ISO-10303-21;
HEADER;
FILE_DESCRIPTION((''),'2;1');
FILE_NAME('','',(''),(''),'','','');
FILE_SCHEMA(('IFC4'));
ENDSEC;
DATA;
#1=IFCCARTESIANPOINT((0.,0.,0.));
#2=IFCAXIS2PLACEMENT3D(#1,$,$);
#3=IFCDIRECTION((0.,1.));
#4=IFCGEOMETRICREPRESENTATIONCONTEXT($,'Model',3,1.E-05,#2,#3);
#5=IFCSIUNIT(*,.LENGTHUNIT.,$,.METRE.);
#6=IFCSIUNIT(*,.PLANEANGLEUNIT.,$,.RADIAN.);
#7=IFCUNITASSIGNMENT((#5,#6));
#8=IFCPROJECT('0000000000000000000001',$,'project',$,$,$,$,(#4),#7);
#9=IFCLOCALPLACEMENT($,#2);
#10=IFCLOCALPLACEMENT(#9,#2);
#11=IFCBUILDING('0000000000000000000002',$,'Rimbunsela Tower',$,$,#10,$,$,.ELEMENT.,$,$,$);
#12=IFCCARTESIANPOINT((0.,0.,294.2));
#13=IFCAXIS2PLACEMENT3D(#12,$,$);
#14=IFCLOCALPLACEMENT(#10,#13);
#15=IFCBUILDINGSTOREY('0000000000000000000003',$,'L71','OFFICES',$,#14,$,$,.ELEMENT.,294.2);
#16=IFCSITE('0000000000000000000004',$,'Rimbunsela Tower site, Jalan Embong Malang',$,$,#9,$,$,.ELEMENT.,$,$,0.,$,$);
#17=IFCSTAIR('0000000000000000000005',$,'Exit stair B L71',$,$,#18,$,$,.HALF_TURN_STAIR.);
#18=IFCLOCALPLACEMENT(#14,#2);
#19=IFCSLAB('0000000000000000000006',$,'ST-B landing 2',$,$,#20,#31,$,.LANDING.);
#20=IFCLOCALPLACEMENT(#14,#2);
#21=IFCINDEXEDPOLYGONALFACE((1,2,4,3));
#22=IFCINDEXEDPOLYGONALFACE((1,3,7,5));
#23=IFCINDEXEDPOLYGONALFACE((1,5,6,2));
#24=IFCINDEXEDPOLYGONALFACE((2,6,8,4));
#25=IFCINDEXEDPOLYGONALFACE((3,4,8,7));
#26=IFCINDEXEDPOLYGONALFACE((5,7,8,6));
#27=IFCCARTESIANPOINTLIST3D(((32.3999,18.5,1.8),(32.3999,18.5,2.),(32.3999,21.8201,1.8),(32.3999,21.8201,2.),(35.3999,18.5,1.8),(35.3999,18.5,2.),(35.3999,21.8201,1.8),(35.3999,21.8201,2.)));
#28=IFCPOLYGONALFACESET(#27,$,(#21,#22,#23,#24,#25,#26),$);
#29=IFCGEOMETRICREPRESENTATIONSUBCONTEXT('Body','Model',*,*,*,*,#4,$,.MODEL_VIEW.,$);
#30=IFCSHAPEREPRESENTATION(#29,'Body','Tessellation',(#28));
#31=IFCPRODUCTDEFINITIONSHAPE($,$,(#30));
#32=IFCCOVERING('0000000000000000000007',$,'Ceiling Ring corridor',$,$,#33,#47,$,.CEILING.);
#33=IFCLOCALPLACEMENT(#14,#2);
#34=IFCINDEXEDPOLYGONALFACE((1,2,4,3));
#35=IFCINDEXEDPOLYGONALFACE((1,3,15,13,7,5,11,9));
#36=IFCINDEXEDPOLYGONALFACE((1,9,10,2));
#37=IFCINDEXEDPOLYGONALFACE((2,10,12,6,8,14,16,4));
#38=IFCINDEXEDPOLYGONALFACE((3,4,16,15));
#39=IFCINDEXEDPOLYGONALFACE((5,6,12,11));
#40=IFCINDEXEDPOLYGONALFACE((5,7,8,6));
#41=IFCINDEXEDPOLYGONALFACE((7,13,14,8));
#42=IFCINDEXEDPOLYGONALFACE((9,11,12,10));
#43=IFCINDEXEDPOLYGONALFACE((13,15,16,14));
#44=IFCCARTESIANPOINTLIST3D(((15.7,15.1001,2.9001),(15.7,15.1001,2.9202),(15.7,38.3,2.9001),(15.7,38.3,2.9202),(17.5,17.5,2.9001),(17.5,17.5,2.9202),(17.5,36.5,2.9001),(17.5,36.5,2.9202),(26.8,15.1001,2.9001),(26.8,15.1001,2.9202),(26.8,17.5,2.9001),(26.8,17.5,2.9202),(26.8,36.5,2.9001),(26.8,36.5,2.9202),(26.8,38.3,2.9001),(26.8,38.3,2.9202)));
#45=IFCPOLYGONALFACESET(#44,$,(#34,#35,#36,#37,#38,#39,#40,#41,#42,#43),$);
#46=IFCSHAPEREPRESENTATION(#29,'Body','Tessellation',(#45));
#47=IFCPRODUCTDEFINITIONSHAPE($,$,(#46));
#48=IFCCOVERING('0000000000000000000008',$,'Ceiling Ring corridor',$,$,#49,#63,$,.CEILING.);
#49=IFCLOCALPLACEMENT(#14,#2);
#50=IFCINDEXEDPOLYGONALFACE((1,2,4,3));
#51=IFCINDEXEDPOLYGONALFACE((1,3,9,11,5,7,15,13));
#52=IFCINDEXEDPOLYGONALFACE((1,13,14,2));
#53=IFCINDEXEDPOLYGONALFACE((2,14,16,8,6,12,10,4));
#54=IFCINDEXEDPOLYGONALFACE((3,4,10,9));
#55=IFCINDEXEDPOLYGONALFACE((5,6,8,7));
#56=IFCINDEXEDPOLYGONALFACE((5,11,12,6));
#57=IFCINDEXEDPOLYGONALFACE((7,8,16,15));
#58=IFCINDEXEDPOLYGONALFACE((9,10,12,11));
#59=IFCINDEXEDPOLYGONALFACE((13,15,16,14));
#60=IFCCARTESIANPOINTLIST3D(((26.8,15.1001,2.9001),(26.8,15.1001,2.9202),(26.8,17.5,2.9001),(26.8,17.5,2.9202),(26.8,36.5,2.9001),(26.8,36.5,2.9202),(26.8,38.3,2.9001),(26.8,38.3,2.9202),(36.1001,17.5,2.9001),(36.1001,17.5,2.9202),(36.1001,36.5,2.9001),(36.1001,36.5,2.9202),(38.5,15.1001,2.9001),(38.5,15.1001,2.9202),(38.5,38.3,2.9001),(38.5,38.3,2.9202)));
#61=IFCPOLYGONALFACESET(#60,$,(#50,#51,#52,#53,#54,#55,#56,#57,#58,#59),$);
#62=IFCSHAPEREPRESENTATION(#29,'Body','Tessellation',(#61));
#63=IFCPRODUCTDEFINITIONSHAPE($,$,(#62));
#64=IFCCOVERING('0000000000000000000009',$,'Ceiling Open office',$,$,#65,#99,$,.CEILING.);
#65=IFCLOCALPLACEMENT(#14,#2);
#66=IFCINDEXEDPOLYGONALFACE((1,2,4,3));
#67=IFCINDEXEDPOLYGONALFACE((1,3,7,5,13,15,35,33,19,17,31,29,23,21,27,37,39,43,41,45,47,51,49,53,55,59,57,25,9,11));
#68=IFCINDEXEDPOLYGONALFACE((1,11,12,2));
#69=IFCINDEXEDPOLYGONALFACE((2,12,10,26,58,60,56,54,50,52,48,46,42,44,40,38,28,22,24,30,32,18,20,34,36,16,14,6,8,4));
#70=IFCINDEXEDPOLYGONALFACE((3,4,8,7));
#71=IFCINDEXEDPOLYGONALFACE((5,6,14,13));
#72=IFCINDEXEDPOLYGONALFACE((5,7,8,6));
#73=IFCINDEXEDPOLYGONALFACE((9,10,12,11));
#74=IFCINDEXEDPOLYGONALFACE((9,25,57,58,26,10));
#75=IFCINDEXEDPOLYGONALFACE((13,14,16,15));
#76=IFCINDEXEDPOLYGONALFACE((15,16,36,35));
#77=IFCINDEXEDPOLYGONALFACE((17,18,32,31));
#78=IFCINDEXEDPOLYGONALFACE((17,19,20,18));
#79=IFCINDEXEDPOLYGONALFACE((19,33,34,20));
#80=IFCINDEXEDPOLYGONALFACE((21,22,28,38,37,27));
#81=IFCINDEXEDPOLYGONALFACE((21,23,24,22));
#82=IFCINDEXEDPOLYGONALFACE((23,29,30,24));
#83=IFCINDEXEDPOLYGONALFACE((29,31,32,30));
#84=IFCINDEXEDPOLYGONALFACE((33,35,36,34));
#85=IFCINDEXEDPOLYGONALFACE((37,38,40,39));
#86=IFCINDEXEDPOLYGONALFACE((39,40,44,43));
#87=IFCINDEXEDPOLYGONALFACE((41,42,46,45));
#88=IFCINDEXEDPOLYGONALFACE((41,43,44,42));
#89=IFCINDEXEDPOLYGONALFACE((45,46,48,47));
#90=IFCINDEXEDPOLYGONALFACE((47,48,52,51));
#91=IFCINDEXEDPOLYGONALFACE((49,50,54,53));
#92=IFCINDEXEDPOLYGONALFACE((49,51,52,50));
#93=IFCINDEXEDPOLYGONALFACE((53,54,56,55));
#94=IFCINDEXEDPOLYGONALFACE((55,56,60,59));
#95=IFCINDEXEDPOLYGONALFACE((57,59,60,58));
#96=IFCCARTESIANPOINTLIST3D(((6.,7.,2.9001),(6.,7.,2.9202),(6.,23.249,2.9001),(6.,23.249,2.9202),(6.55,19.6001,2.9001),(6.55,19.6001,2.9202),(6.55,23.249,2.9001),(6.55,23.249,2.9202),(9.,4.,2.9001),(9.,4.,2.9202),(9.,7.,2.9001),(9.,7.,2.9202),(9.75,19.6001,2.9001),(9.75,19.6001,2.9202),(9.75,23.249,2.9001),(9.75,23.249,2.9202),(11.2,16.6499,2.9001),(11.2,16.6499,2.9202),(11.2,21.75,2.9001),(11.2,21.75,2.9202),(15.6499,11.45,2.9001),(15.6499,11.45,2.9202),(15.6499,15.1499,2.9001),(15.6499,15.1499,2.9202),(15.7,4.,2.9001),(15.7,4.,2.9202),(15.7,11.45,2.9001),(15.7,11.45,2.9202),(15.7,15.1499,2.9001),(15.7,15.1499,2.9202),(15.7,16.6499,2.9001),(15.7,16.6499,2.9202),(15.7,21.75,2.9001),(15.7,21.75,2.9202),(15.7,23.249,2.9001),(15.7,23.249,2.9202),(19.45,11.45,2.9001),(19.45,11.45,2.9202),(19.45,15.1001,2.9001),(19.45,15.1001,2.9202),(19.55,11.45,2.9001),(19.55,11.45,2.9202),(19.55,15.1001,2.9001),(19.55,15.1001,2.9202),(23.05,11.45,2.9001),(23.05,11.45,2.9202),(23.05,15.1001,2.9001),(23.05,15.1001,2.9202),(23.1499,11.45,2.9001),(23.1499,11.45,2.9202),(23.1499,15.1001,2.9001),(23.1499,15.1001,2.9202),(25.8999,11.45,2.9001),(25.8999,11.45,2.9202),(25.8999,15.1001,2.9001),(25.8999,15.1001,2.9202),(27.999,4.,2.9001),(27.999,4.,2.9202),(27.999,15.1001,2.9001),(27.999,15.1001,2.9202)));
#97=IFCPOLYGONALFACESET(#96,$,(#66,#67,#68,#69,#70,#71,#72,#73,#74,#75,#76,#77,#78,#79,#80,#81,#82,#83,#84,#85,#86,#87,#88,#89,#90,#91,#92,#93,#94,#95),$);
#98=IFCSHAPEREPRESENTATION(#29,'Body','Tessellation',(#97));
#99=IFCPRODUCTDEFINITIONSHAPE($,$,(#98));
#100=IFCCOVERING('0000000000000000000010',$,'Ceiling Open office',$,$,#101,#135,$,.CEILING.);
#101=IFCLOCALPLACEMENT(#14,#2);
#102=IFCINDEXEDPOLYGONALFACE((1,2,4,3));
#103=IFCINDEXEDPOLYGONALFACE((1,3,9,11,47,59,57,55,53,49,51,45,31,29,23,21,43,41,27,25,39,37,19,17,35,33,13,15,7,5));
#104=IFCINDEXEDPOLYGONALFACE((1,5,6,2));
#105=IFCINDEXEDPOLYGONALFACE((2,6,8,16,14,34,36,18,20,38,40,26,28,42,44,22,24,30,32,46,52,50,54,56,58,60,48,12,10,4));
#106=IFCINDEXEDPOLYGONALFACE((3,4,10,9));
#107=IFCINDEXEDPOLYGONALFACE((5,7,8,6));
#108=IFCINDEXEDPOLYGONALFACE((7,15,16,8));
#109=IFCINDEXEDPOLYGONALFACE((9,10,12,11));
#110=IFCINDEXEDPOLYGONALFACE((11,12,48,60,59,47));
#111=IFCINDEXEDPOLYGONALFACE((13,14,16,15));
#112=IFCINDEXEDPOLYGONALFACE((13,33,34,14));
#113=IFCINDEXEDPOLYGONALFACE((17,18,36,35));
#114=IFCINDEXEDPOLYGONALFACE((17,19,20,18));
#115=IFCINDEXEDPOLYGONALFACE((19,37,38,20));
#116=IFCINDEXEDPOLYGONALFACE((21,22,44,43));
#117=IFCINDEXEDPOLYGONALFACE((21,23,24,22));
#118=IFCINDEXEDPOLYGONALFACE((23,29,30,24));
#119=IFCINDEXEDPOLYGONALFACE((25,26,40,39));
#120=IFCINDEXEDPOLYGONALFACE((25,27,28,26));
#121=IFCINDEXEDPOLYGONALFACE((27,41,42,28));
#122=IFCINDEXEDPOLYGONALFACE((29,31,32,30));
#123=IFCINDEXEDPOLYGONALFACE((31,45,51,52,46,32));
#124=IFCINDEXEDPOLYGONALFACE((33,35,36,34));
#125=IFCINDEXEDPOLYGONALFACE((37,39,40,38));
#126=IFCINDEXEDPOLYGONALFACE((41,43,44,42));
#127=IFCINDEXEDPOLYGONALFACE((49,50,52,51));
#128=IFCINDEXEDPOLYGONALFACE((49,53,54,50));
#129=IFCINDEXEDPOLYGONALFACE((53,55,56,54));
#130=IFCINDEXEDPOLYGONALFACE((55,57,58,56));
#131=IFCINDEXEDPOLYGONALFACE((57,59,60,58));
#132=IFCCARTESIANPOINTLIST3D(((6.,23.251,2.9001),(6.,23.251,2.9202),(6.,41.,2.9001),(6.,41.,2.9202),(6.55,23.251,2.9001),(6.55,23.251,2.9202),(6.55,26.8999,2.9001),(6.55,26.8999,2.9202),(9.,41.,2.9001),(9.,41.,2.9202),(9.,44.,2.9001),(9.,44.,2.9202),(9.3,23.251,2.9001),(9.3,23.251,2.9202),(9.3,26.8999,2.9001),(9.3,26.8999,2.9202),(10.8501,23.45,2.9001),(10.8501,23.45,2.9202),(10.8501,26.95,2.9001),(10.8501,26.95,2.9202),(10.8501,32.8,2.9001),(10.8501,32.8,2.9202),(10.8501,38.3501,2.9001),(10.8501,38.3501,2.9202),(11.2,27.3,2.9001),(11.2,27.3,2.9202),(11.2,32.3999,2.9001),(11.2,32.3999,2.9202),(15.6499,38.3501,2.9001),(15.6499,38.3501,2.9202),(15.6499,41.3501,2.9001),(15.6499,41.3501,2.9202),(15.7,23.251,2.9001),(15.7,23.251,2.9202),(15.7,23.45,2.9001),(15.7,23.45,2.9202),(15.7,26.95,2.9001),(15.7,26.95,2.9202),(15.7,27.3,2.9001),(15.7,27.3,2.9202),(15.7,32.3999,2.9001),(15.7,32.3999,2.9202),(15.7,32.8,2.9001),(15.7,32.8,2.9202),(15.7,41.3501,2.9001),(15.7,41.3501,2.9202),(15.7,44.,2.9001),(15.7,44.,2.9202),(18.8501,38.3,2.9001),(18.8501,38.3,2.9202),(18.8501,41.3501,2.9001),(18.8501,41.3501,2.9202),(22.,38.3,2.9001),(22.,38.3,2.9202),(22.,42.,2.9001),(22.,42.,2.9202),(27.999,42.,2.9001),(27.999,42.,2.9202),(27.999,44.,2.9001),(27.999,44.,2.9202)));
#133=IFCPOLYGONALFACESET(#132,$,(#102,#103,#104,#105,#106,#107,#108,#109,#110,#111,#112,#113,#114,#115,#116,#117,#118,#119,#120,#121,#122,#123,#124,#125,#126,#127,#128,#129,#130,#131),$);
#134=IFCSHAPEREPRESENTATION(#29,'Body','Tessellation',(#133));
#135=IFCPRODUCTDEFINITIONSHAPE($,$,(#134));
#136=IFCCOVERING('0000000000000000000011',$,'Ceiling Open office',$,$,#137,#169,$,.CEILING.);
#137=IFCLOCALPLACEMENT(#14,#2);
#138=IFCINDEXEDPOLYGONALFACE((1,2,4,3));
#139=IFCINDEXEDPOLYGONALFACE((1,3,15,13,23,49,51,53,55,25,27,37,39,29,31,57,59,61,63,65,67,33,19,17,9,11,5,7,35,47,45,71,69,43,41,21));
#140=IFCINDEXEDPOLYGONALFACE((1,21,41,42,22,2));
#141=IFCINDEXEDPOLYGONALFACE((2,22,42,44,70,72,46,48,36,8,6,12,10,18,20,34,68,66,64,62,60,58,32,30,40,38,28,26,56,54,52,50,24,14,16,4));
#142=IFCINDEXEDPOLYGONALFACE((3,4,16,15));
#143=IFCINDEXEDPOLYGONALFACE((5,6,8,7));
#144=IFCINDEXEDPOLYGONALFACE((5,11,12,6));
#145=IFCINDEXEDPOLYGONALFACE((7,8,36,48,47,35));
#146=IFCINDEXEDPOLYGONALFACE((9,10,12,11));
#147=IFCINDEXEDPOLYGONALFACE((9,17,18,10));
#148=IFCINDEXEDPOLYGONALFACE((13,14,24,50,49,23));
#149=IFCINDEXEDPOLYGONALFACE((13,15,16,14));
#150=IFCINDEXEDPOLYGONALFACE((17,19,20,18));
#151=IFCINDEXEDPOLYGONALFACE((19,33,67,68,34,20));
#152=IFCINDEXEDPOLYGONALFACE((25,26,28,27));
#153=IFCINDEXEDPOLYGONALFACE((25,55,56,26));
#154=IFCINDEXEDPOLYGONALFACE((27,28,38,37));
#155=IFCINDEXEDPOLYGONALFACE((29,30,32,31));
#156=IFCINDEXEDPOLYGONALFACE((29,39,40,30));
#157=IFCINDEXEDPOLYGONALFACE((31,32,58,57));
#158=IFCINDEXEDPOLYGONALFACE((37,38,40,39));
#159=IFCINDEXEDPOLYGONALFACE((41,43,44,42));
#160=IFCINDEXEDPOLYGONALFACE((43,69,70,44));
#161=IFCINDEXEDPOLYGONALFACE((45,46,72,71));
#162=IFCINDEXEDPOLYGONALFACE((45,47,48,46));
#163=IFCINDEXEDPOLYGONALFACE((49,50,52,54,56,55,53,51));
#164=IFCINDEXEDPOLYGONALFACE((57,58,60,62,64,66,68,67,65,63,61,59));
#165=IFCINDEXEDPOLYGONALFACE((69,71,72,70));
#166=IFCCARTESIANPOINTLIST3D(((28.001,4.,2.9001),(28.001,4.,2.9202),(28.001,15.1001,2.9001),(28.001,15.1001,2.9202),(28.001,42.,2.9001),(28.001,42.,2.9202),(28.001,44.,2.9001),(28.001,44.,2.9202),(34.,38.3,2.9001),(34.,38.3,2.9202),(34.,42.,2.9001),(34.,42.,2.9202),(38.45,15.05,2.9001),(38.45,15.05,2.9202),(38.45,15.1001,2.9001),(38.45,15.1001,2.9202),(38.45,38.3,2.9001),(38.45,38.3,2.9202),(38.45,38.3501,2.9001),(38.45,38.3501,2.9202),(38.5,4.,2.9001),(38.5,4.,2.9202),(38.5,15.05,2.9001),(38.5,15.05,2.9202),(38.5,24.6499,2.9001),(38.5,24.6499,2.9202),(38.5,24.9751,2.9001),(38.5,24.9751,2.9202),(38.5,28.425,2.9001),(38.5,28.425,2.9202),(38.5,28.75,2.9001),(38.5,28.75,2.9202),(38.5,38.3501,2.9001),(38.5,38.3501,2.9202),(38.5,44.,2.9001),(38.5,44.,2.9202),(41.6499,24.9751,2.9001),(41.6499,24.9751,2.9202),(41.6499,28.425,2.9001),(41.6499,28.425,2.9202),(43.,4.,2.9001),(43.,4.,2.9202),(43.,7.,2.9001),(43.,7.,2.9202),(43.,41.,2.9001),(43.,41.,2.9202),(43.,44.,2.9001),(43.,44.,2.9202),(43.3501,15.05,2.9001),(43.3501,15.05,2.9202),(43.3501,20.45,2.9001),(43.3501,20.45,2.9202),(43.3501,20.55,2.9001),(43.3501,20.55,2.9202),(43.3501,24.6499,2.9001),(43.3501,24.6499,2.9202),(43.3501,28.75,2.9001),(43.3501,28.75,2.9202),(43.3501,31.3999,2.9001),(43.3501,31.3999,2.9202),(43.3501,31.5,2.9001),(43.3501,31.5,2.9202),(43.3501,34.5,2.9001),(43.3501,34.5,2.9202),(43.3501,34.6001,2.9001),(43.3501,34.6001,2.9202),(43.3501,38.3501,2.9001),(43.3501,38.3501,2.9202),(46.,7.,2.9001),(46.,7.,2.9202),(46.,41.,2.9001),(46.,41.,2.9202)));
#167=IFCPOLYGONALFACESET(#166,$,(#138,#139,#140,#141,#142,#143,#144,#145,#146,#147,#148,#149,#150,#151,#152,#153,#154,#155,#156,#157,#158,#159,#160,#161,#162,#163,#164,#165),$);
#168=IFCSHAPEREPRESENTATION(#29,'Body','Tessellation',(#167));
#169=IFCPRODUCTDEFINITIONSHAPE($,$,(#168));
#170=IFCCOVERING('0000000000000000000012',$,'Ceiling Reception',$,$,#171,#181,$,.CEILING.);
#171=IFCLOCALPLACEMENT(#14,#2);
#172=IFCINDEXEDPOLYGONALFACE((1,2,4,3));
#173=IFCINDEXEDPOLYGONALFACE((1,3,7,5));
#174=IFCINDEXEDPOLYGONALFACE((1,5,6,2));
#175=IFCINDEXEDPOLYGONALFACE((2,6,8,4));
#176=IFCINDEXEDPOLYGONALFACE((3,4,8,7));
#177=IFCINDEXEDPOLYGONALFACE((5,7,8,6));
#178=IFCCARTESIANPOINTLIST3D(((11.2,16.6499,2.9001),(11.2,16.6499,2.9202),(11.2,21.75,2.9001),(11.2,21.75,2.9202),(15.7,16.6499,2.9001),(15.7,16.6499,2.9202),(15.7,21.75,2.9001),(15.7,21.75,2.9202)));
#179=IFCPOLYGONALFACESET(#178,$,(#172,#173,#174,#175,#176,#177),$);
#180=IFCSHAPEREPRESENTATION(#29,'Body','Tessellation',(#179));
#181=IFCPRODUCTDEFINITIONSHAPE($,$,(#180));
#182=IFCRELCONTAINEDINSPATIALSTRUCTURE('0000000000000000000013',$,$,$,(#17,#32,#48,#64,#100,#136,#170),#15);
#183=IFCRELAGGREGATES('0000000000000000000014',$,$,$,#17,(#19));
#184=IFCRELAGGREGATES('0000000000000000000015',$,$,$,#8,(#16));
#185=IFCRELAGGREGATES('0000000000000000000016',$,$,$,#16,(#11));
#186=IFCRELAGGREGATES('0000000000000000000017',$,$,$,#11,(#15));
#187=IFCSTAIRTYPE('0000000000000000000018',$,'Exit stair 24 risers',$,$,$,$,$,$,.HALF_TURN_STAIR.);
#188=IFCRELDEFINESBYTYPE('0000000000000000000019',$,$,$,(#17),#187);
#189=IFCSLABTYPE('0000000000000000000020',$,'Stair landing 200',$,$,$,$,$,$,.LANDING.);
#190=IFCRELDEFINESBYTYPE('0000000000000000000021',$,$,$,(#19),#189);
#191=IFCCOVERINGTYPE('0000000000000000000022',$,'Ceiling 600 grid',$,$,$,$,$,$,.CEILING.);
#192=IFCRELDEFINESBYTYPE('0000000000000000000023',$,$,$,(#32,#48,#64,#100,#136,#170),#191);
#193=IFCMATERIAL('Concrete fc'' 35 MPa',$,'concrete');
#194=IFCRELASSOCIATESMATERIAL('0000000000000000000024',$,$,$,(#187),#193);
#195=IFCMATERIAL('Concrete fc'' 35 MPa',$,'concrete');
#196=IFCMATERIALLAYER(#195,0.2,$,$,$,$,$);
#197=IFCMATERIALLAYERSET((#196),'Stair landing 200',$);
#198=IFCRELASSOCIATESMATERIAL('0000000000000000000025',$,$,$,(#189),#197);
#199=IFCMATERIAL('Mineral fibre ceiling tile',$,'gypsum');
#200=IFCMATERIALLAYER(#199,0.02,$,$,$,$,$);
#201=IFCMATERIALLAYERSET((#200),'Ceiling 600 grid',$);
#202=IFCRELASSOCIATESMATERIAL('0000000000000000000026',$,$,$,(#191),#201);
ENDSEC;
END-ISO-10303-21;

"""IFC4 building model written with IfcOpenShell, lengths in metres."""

from ifc_helpers import new_model, si_unit, direction, frame, origin, place, context, subcontext, project, spatial, polyline, outline, extrude, material, layer, layer_set, type_object, element, aggregate, save


model = new_model("IFC4")

# Units and contexts
model_context = context("Model", 3, precision=1e-05, world=origin(), true_north=direction((0.0, 1.0)))
body_context = subcontext(model_context, "Body", "Model", "MODEL_VIEW")
ifc_project = project(units=[si_unit("LENGTHUNIT", "METRE"), si_unit("PLANEANGLEUNIT", "RADIAN")], contexts=[model_context])

# Site, building, storey
site_placement = place(None, origin())
site = spatial("IfcSite", under=ifc_project, at=site_placement, Name="Rimbunsela Tower site, Jalan Embong Malang", CompositionType="ELEMENT", RefElevation=0.0)
building_placement = place(site_placement, origin())
building = spatial("IfcBuilding", under=site, at=building_placement, Name="Rimbunsela Tower", CompositionType="ELEMENT")
storey_placement = place(building_placement, frame((0.0, 0.0, 294.2)))
storey = spatial("IfcBuildingStorey", under=building, at=storey_placement, Name="L71", Description="OFFICES", CompositionType="ELEMENT", Elevation=294.2)

# Stair, slab
ifc_material_1 = material(Name="Concrete fc' 35 MPa", Category="concrete")
stair_type = type_object("IfcStairType", Name="Exit stair 24 risers", PredefinedType="HALF_TURN_STAIR", material=ifc_material_1)
stair_placement = place(storey_placement, origin())
stair = element("IfcStair", 1, at=stair_placement, inside=storey, type_object=stair_type, Name="Exit stair B L71", PredefinedType="HALF_TURN_STAIR")
ifc_material_2 = material(Name="Concrete fc' 35 MPa", Category="concrete")
ifc_layer_1 = layer(ifc_material_2, 0.2)
ifc_layer_set_1 = layer_set([ifc_layer_1], Name="Stair landing 200")
slab_type = type_object("IfcSlabType", Name="Stair landing 200", PredefinedType="LANDING", material=ifc_layer_set_1)
slab_placement = place(storey_placement, frame((0.0, 0.0, 1.8)))
slab = element("IfcSlab", 2, at=slab_placement, type_object=slab_type, Name="ST-B landing 2", PredefinedType="LANDING", context=body_context, shape_type="SweptSolid", body=[
    extrude(outline(polyline([(32.3999, 18.5), (35.3999, 18.5), (35.3999, 21.8201), (32.3999, 21.8201), (32.3999, 18.5)])), origin(), (0.0, 0.0, 1.0), 0.2),
])
aggregate(stair, [slab])

# Coverings
ifc_material_3 = material(Name="Mineral fibre ceiling tile", Category="gypsum")
ifc_layer_2 = layer(ifc_material_3, 0.02)
ifc_layer_set_2 = layer_set([ifc_layer_2], Name="Ceiling 600 grid")
covering_type_1 = type_object("IfcCoveringType", Name="Ceiling 600 grid", PredefinedType="CEILING", material=ifc_layer_set_2)
covering_1_placement = place(storey_placement, frame((0.0, 0.0, 2.9001)))
element("IfcCovering", 3, at=covering_1_placement, inside=storey, type_object=covering_type_1, Name="Ceiling Ring corridor", PredefinedType="CEILING", context=body_context, shape_type="SweptSolid", body=[
    extrude(outline(polyline([(15.7, 38.3), (26.8, 38.3), (26.8, 36.5), (17.5, 36.5), (17.5, 17.5), (26.8, 17.5), (26.8, 15.1001), (15.7, 15.1001), (15.7, 38.3)])), origin(), (0.0, 0.0, 1.0), 0.02),
])
covering_2_placement = place(storey_placement, frame((0.0, 0.0, 2.9001)))
element("IfcCovering", 4, at=covering_2_placement, inside=storey, type_object=covering_type_1, Name="Ceiling Ring corridor", PredefinedType="CEILING", context=body_context, shape_type="SweptSolid", body=[
    extrude(outline(polyline([(38.5, 38.3), (38.5, 15.1001), (26.8, 15.1001), (26.8, 17.5), (36.1001, 17.5), (36.1001, 36.5), (26.8, 36.5), (26.8, 38.3), (38.5, 38.3)])), origin(), (0.0, 0.0, 1.0), 0.02),
])
covering_3_placement = place(storey_placement, frame((0.0, 0.0, 2.9001)))
element("IfcCovering", 5, at=covering_3_placement, inside=storey, type_object=covering_type_1, Name="Ceiling Open office", PredefinedType="CEILING", context=body_context, shape_type="SweptSolid", body=[
    extrude(outline(polyline([(19.45, 15.1001), (19.55, 15.1001), (19.55, 11.45), (23.05, 11.45), (23.05, 15.1001), (23.1499, 15.1001), (23.1499, 11.45), (25.8999, 11.45), (25.8999, 15.1001), (27.999, 15.1001), (27.999, 4.0), (15.7, 4.0), (9.0, 4.0), (9.0, 7.0), (6.0, 7.0), (6.0, 23.249), (6.55, 23.249), (6.55, 19.6001), (9.75, 19.6001), (9.75, 23.249), (15.7, 23.249), (15.7, 21.75), (11.2, 21.75), (11.2, 16.6499), (15.7, 16.6499), (15.7, 15.1499), (15.6499, 15.1499), (15.6499, 11.45), (15.7, 11.45), (19.45, 11.45), (19.45, 15.1001)])), origin(), (0.0, 0.0, 1.0), 0.02),
])
covering_4_placement = place(storey_placement, frame((0.0, 0.0, 2.9001)))
element("IfcCovering", 6, at=covering_4_placement, inside=storey, type_object=covering_type_1, Name="Ceiling Open office", PredefinedType="CEILING", context=body_context, shape_type="SweptSolid", body=[
    extrude(outline(polyline([(15.6499, 38.3501), (10.8501, 38.3501), (10.8501, 32.8), (15.7, 32.8), (15.7, 32.3999), (11.2, 32.3999), (11.2, 27.3), (15.7, 27.3), (15.7, 26.95), (10.8501, 26.95), (10.8501, 23.45), (15.7, 23.45), (15.7, 23.251), (9.3, 23.251), (9.3, 26.8999), (6.55, 26.8999), (6.55, 23.251), (6.0, 23.251), (6.0, 41.0), (9.0, 41.0), (9.0, 44.0), (15.7, 44.0), (27.999, 44.0), (27.999, 42.0), (22.0, 42.0), (22.0, 38.3), (18.8501, 38.3), (18.8501, 41.3501), (15.7, 41.3501), (15.6499, 41.3501), (15.6499, 38.3501)])), origin(), (0.0, 0.0, 1.0), 0.02),
])
covering_5_placement = place(storey_placement, frame((0.0, 0.0, 2.9001)))
element("IfcCovering", 7, at=covering_5_placement, inside=storey, type_object=covering_type_1, Name="Ceiling Open office", PredefinedType="CEILING", context=body_context, shape_type="SweptSolid", body=[
    extrude(outline(polyline([(28.001, 15.1001), (38.45, 15.1001), (38.45, 15.05), (38.5, 15.05), (43.3501, 15.05), (43.3501, 20.45), (43.3501, 20.55), (43.3501, 24.6499), (38.5, 24.6499), (38.5, 24.9751), (41.6499, 24.9751), (41.6499, 28.425), (38.5, 28.425), (38.5, 28.75), (43.3501, 28.75), (43.3501, 31.3999), (43.3501, 31.5), (43.3501, 34.5), (43.3501, 34.6001), (43.3501, 38.3501), (38.5, 38.3501), (38.45, 38.3501), (38.45, 38.3), (34.0, 38.3), (34.0, 42.0), (28.001, 42.0), (28.001, 44.0), (38.5, 44.0), (43.0, 44.0), (43.0, 41.0), (46.0, 41.0), (46.0, 7.0), (43.0, 7.0), (43.0, 4.0), (38.5, 4.0), (28.001, 4.0), (28.001, 15.1001)])), origin(), (0.0, 0.0, 1.0), 0.02),
])
covering_6_placement = place(storey_placement, frame((0.0, 0.0, 2.9001)))
element("IfcCovering", 8, at=covering_6_placement, inside=storey, type_object=covering_type_1, Name="Ceiling Reception", PredefinedType="CEILING", context=body_context, shape_type="SweptSolid", body=[
    extrude(outline(polyline([(15.7, 16.6499), (15.7, 21.75), (11.2, 21.75), (11.2, 16.6499), (15.7, 16.6499)])), origin(), (0.0, 0.0, 1.0), 0.02),
])

save(model, "model.ifc")
